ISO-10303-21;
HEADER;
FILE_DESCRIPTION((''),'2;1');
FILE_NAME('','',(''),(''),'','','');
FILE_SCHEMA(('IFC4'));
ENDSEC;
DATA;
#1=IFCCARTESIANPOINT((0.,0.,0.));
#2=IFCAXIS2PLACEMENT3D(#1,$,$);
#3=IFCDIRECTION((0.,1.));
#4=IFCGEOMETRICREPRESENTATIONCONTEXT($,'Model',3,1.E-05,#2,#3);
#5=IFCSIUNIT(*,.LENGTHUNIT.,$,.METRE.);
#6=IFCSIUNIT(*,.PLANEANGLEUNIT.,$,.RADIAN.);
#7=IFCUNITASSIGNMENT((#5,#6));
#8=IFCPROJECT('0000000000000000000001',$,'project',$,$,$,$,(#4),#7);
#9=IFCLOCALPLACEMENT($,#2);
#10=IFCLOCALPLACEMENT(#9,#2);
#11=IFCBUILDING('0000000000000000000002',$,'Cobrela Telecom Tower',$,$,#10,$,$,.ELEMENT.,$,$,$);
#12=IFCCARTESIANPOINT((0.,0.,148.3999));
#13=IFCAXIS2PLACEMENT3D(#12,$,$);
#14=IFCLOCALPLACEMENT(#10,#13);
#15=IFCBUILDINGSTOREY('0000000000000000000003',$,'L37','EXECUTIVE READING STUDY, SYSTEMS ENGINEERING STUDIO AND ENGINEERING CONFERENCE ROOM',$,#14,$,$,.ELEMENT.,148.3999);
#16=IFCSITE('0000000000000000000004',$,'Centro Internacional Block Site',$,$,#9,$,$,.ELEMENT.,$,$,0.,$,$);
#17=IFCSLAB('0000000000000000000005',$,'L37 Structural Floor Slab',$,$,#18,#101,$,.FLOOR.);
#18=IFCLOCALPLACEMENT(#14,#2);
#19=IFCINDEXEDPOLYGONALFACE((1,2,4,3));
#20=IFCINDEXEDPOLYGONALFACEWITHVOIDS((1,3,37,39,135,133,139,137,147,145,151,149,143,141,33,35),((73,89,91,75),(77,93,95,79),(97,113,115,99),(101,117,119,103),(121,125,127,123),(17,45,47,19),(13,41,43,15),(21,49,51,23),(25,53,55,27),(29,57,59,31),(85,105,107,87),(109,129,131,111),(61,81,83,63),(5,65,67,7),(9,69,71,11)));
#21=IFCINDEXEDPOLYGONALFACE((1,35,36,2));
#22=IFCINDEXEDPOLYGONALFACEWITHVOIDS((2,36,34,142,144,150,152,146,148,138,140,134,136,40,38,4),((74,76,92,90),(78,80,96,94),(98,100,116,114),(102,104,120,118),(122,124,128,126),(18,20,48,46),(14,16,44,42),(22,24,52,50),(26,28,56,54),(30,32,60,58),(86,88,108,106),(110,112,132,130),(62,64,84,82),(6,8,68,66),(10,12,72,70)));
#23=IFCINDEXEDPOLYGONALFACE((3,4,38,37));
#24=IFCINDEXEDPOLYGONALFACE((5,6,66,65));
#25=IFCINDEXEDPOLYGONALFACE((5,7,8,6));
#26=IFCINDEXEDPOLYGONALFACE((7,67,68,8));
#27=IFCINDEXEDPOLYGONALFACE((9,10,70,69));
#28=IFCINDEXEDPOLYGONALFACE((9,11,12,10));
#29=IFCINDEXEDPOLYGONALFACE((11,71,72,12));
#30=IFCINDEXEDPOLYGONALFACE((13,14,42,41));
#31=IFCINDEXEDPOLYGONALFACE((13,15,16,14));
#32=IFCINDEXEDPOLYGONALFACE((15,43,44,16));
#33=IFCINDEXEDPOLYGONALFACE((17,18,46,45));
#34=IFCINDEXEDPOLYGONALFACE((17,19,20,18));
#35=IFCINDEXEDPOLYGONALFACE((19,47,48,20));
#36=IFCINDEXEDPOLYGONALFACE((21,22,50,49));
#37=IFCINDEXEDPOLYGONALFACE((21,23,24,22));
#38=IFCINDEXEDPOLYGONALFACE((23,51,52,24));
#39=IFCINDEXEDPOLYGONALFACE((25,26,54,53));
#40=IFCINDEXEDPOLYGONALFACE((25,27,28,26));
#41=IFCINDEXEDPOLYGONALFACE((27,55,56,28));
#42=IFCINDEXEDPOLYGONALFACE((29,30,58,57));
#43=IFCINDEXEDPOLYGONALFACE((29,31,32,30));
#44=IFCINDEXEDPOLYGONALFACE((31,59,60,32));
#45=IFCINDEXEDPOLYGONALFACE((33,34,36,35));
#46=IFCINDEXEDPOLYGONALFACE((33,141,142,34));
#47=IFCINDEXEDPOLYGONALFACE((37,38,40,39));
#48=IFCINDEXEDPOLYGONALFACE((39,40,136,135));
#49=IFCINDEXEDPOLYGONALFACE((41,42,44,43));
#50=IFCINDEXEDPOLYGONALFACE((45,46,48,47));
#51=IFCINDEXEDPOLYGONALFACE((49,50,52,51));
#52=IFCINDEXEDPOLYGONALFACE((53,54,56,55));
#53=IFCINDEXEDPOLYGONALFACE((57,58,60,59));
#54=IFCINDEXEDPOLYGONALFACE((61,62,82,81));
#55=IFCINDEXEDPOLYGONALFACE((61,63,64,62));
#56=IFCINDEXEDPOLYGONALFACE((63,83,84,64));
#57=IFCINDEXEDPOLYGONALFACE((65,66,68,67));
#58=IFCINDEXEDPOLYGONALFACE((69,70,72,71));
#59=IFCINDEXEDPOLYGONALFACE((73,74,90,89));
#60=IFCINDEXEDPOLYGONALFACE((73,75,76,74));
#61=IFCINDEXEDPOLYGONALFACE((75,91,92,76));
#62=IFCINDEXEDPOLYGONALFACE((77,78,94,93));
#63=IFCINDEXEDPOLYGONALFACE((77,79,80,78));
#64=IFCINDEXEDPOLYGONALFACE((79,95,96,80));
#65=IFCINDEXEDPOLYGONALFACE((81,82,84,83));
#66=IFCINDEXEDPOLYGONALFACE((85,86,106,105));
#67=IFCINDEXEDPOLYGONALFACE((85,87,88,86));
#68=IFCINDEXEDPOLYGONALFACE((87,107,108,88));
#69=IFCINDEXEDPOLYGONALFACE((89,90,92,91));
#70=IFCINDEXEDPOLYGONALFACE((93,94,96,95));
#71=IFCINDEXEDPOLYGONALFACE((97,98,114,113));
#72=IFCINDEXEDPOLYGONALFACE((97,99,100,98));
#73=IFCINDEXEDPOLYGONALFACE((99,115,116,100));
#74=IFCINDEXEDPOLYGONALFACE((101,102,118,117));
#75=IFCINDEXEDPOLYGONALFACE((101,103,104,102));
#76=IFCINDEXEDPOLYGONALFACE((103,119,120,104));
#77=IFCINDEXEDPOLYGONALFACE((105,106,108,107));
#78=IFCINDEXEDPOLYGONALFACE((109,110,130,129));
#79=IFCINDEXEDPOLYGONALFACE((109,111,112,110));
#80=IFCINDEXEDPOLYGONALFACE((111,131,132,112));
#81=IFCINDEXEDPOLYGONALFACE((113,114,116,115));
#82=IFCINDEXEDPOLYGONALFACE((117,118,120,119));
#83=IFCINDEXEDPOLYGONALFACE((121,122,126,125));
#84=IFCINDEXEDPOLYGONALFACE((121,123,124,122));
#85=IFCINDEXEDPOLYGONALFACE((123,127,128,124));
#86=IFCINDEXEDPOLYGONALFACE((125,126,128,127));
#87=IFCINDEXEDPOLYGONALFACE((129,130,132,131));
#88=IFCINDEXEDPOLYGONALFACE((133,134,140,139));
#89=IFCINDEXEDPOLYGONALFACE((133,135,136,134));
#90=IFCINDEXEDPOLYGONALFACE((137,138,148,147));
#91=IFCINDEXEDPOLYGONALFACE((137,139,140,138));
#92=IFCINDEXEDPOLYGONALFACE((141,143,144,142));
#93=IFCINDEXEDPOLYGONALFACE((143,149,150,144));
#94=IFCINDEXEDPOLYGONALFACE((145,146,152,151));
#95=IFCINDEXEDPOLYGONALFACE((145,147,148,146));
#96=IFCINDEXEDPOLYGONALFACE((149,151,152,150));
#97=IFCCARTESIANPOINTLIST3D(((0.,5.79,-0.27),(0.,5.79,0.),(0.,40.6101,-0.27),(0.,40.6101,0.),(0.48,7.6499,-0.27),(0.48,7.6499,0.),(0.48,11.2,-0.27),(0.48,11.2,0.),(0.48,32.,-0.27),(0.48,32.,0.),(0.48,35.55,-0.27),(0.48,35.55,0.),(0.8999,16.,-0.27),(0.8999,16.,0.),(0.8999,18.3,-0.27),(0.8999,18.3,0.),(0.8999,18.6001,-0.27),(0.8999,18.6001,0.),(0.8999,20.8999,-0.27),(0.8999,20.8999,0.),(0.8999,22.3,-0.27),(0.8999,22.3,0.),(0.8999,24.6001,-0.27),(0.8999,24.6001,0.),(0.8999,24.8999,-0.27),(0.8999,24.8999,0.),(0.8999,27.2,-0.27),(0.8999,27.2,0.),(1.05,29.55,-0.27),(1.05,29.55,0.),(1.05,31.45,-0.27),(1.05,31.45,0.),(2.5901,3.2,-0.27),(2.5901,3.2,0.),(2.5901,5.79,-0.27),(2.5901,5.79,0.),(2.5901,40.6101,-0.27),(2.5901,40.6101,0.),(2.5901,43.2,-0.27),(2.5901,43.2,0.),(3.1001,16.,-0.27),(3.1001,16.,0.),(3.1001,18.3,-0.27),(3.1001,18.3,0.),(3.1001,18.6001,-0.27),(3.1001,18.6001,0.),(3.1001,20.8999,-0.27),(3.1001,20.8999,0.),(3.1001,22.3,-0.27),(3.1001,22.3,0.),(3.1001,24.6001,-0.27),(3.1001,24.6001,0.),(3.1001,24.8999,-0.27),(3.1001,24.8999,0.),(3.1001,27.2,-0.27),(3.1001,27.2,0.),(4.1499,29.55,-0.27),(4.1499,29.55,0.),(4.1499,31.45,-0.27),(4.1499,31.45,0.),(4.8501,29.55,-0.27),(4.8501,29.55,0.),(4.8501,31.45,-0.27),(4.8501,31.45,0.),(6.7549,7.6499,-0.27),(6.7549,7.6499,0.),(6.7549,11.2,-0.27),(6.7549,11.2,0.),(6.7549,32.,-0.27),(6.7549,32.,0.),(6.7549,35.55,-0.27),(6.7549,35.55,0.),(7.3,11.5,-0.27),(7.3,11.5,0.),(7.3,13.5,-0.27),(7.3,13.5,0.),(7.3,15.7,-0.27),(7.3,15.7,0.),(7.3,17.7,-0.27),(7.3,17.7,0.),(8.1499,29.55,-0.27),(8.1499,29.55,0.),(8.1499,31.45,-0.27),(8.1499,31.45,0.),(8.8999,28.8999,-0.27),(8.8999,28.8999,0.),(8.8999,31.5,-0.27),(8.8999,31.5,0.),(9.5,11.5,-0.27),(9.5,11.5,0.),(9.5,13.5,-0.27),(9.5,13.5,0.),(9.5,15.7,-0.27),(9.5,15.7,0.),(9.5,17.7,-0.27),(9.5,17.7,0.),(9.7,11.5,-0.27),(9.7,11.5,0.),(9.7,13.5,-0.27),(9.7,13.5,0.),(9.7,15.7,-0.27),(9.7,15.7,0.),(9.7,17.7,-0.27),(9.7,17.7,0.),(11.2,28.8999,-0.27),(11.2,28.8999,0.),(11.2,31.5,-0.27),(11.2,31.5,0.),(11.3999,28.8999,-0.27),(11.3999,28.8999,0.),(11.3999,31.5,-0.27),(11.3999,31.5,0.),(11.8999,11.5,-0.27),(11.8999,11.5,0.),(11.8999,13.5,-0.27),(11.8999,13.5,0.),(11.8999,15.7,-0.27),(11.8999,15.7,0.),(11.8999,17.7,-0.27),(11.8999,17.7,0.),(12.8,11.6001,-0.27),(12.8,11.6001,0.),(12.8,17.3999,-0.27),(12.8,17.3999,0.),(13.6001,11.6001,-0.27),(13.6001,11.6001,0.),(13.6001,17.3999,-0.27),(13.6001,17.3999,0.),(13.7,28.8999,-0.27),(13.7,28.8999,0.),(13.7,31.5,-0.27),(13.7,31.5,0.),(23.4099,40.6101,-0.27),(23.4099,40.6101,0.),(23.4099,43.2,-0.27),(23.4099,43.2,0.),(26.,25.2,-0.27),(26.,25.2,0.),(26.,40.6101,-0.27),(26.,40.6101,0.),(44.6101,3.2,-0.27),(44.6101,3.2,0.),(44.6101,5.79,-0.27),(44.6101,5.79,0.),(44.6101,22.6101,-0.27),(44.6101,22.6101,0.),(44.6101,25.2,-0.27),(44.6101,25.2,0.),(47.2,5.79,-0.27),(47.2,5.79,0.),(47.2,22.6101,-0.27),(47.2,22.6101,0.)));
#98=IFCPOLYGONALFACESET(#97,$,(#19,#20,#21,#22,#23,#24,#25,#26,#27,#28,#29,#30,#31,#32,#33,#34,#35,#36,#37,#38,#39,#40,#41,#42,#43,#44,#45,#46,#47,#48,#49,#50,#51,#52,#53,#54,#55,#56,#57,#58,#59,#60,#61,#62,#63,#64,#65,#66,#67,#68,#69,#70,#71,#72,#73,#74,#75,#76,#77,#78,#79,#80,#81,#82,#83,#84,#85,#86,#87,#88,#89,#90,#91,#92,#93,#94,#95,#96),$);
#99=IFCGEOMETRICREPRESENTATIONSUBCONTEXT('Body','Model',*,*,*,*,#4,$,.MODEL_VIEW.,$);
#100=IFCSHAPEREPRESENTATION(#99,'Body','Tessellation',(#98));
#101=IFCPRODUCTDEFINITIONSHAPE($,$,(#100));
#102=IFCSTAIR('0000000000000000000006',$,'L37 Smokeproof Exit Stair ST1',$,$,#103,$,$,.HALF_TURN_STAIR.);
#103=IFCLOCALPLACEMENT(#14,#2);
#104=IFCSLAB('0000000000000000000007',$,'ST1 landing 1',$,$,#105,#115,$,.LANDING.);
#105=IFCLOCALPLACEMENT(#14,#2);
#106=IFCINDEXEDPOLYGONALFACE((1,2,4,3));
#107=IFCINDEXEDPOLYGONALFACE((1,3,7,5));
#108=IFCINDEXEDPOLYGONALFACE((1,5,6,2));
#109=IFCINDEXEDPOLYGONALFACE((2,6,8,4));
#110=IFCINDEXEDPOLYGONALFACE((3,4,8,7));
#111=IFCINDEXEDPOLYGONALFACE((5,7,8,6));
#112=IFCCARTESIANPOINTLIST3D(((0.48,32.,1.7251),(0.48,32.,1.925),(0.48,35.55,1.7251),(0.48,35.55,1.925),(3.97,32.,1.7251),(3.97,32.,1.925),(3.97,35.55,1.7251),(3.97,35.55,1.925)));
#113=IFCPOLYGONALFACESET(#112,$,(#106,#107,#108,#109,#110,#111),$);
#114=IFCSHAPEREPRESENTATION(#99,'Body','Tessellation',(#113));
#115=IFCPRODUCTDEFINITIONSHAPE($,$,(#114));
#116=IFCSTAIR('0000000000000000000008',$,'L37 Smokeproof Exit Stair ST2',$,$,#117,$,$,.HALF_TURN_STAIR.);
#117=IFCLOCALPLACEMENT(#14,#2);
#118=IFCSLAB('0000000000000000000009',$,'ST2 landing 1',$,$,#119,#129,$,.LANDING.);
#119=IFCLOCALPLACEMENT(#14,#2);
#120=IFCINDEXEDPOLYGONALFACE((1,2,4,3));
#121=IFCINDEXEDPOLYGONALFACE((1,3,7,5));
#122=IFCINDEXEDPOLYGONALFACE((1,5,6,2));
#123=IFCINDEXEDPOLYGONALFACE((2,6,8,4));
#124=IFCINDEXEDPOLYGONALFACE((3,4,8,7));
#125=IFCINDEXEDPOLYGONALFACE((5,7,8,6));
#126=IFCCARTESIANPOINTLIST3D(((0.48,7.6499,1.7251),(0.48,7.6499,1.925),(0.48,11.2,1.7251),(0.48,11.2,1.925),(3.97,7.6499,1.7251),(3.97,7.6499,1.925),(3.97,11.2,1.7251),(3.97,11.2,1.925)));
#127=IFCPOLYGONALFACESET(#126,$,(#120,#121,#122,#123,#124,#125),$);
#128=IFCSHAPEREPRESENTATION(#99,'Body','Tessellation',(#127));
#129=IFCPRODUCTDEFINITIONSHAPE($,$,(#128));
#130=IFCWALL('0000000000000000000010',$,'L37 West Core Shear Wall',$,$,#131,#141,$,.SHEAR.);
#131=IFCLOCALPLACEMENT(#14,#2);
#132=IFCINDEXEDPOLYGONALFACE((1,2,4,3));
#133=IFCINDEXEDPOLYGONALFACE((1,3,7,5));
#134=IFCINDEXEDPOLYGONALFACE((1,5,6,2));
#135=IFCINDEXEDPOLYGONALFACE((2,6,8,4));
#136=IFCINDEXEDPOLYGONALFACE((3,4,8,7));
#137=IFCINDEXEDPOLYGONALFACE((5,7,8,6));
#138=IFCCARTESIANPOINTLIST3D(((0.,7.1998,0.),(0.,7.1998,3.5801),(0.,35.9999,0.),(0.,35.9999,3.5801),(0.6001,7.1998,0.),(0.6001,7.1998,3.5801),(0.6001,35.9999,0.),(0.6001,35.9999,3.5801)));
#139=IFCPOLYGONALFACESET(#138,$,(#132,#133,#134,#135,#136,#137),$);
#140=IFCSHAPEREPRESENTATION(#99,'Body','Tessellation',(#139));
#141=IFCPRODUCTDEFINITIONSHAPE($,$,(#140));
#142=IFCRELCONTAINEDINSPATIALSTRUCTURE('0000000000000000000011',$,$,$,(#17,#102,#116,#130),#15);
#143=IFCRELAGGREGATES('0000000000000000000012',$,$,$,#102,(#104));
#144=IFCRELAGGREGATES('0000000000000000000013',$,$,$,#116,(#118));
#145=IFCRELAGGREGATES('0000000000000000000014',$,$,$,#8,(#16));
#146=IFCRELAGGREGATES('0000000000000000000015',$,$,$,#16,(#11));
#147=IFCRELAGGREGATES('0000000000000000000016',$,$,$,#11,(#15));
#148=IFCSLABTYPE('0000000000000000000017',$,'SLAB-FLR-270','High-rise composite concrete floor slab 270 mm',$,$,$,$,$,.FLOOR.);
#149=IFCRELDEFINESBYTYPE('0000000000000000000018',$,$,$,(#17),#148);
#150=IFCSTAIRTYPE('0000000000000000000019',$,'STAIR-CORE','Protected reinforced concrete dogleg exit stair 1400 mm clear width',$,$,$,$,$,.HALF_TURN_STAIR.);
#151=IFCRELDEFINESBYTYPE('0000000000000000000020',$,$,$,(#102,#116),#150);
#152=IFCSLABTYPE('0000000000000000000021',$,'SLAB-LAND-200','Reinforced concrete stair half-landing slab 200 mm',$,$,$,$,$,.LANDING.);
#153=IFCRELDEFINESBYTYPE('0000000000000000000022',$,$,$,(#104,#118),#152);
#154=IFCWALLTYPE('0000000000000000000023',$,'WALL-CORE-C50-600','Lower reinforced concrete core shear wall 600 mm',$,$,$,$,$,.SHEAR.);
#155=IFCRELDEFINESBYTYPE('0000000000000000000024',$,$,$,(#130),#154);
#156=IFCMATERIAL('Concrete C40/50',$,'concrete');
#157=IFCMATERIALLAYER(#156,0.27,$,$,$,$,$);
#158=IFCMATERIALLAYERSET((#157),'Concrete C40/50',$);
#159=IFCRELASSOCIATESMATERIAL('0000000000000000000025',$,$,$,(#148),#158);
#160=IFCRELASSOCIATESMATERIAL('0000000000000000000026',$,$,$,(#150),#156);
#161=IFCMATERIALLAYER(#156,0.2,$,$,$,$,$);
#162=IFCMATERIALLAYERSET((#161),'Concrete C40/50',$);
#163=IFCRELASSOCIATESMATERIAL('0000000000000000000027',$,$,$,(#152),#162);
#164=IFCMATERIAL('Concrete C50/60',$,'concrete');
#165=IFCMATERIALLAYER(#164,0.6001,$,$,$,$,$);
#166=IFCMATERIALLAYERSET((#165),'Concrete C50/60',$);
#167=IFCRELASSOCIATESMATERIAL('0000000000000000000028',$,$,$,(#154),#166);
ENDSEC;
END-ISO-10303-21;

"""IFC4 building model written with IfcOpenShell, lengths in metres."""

from ifc_helpers import new_model, si_unit, direction, frame, frame_2d, origin, place, context, subcontext, project, spatial, polyline, rectangle, outline, extrude, material, layer, layer_set, type_object, element, aggregate, save


model = new_model("IFC4")

# Units and contexts
model_context = context("Model", 3, precision=1e-05, world=origin(), true_north=direction((0.0, 1.0)))
body_context = subcontext(model_context, "Body", "Model", "MODEL_VIEW")
ifc_project = project(units=[si_unit("LENGTHUNIT", "METRE"), si_unit("PLANEANGLEUNIT", "RADIAN")], contexts=[model_context])

# Site, building, storey
site_placement = place(None, origin())
site = spatial("IfcSite", under=ifc_project, at=site_placement, Name="Centro Internacional Block Site", CompositionType="ELEMENT", RefElevation=0.0)
building_placement = place(site_placement, origin())
building = spatial("IfcBuilding", under=site, at=building_placement, Name="Cobrela Telecom Tower", CompositionType="ELEMENT")
storey_placement = place(building_placement, frame((0.0, 0.0, 148.3999)))
storey = spatial("IfcBuildingStorey", under=building, at=storey_placement, Name="L37", Description="EXECUTIVE READING STUDY, SYSTEMS ENGINEERING STUDIO AND ENGINEERING CONFERENCE ROOM", CompositionType="ELEMENT", Elevation=148.3999)

# Slab, openings
ifc_material_1 = material(Name="Concrete C40/50", Category="concrete")
ifc_layer_1 = layer(ifc_material_1, 0.27)
ifc_layer_set_1 = layer_set([ifc_layer_1], Name="Concrete C40/50")
slab_type_1 = type_object("IfcSlabType", Name="SLAB-FLR-270", Description="High-rise composite concrete floor slab 270 mm", PredefinedType="FLOOR", material=ifc_layer_set_1)
slab_1_placement = place(storey_placement, frame((0.0, 0.0, -0.27)))
slab_1 = element("IfcSlab", 1, at=slab_1_placement, inside=storey, type_object=slab_type_1, Name="L37 Structural Floor Slab", PredefinedType="FLOOR", context=body_context, shape_type="SweptSolid", body=[
    extrude(outline(polyline([(2.5901, 3.2), (44.6101, 3.2), (44.6101, 5.79), (47.2, 5.79), (47.2, 22.6101), (44.6101, 22.6101), (44.6101, 25.2), (26.0, 25.2), (26.0, 40.6101), (23.4099, 40.6101), (23.4099, 43.2), (2.5901, 43.2), (2.5901, 40.6101), (0.0, 40.6101), (0.0, 5.79), (2.5901, 5.79), (2.5901, 3.2)])), origin(), (0.0, 0.0, 1.0), 0.27),
])
opening_1_placement = place(slab_1_placement, frame((0.0, 0.0, -0.02)))
element("IfcOpeningElement", 2, at=opening_1_placement, cuts=slab_1, PredefinedType="OPENING", context=body_context, shape_type="SweptSolid", body=[
    extrude(outline(polyline([(8.8999, 28.8999), (11.2, 28.8999), (11.2, 31.5), (8.8999, 31.5), (8.8999, 28.8999)])), origin(), (0.0, 0.0, 1.0), 0.3101),
])
opening_2_placement = place(slab_1_placement, frame((0.0, 0.0, -0.02)))
element("IfcOpeningElement", 3, at=opening_2_placement, cuts=slab_1, PredefinedType="OPENING", context=body_context, shape_type="SweptSolid", body=[
    extrude(outline(polyline([(11.3999, 28.8999), (13.7, 28.8999), (13.7, 31.5), (11.3999, 31.5), (11.3999, 28.8999)])), origin(), (0.0, 0.0, 1.0), 0.3101),
])
opening_3_placement = place(slab_1_placement, frame((0.0, 0.0, -0.02)))
element("IfcOpeningElement", 4, at=opening_3_placement, cuts=slab_1, PredefinedType="OPENING", context=body_context, shape_type="SweptSolid", body=[
    extrude(outline(polyline([(7.3, 15.7), (9.5, 15.7), (9.5, 17.7), (7.3, 17.7), (7.3, 15.7)])), origin(), (0.0, 0.0, 1.0), 0.3101),
])
opening_4_placement = place(slab_1_placement, frame((0.0, 0.0, -0.02)))
element("IfcOpeningElement", 5, at=opening_4_placement, cuts=slab_1, PredefinedType="OPENING", context=body_context, shape_type="SweptSolid", body=[
    extrude(outline(polyline([(9.7, 15.7), (11.8999, 15.7), (11.8999, 17.7), (9.7, 17.7), (9.7, 15.7)])), origin(), (0.0, 0.0, 1.0), 0.3101),
])
opening_5_placement = place(slab_1_placement, frame((0.0, 0.0, -0.02)))
element("IfcOpeningElement", 6, at=opening_5_placement, cuts=slab_1, PredefinedType="OPENING", context=body_context, shape_type="SweptSolid", body=[
    extrude(outline(polyline([(7.3, 11.5), (9.5, 11.5), (9.5, 13.5), (7.3, 13.5), (7.3, 11.5)])), origin(), (0.0, 0.0, 1.0), 0.3101),
])
opening_6_placement = place(slab_1_placement, frame((0.0, 0.0, -0.02)))
element("IfcOpeningElement", 7, at=opening_6_placement, cuts=slab_1, PredefinedType="OPENING", context=body_context, shape_type="SweptSolid", body=[
    extrude(outline(polyline([(9.7, 11.5), (11.8999, 11.5), (11.8999, 13.5), (9.7, 13.5), (9.7, 11.5)])), origin(), (0.0, 0.0, 1.0), 0.3101),
])
opening_7_placement = place(slab_1_placement, frame((0.0, 0.0, -0.02)))
element("IfcOpeningElement", 8, at=opening_7_placement, cuts=slab_1, PredefinedType="OPENING", context=body_context, shape_type="SweptSolid", body=[
    extrude(outline(polyline([(0.8999, 16.0), (3.1001, 16.0), (3.1001, 18.3), (0.8999, 18.3), (0.8999, 16.0)])), origin(), (0.0, 0.0, 1.0), 0.3101),
])
opening_8_placement = place(slab_1_placement, frame((0.0, 0.0, -0.02)))
element("IfcOpeningElement", 9, at=opening_8_placement, cuts=slab_1, PredefinedType="OPENING", context=body_context, shape_type="SweptSolid", body=[
    extrude(outline(polyline([(0.8999, 18.6001), (3.1001, 18.6001), (3.1001, 20.8999), (0.8999, 20.8999), (0.8999, 18.6001)])), origin(), (0.0, 0.0, 1.0), 0.3101),
])
opening_9_placement = place(slab_1_placement, frame((0.0, 0.0, -0.02)))
element("IfcOpeningElement", 10, at=opening_9_placement, cuts=slab_1, PredefinedType="OPENING", context=body_context, shape_type="SweptSolid", body=[
    extrude(outline(polyline([(0.8999, 22.3), (3.1001, 22.3), (3.1001, 24.6001), (0.8999, 24.6001), (0.8999, 22.3)])), origin(), (0.0, 0.0, 1.0), 0.3101),
])
opening_10_placement = place(slab_1_placement, frame((0.0, 0.0, -0.02)))
element("IfcOpeningElement", 11, at=opening_10_placement, cuts=slab_1, PredefinedType="OPENING", context=body_context, shape_type="SweptSolid", body=[
    extrude(outline(polyline([(0.8999, 24.8999), (3.1001, 24.8999), (3.1001, 27.2), (0.8999, 27.2), (0.8999, 24.8999)])), origin(), (0.0, 0.0, 1.0), 0.3101),
])
opening_11_placement = place(slab_1_placement, frame((0.0, 0.0, -0.02)))
element("IfcOpeningElement", 12, at=opening_11_placement, cuts=slab_1, PredefinedType="OPENING", context=body_context, shape_type="SweptSolid", body=[
    extrude(outline(polyline([(1.05, 29.55), (4.1499, 29.55), (4.1499, 31.45), (1.05, 31.45), (1.05, 29.55)])), origin(), (0.0, 0.0, 1.0), 0.3101),
])
opening_12_placement = place(slab_1_placement, frame((0.0, 0.0, -0.02)))
element("IfcOpeningElement", 13, at=opening_12_placement, cuts=slab_1, PredefinedType="OPENING", context=body_context, shape_type="SweptSolid", body=[
    extrude(outline(polyline([(4.8501, 29.55), (8.1499, 29.55), (8.1499, 31.45), (4.8501, 31.45), (4.8501, 29.55)])), origin(), (0.0, 0.0, 1.0), 0.3101),
])
opening_13_placement = place(slab_1_placement, frame((0.0, 0.0, -0.02)))
element("IfcOpeningElement", 14, at=opening_13_placement, cuts=slab_1, PredefinedType="OPENING", context=body_context, shape_type="SweptSolid", body=[
    extrude(outline(polyline([(12.8, 11.6001), (13.6001, 11.6001), (13.6001, 17.3999), (12.8, 17.3999), (12.8, 11.6001)])), origin(), (0.0, 0.0, 1.0), 0.3101),
])
opening_14_placement = place(slab_1_placement, frame((0.0, 0.0, -0.02)))
element("IfcOpeningElement", 15, at=opening_14_placement, cuts=slab_1, PredefinedType="OPENING", context=body_context, shape_type="SweptSolid", body=[
    extrude(outline(polyline([(6.7549, 35.55), (0.48, 35.55), (0.48, 32.0), (6.7549, 32.0), (6.7549, 35.55)])), origin(), (0.0, 0.0, 1.0), 0.3101),
])
opening_15_placement = place(slab_1_placement, frame((0.0, 0.0, -0.02)))
element("IfcOpeningElement", 16, at=opening_15_placement, cuts=slab_1, PredefinedType="OPENING", context=body_context, shape_type="SweptSolid", body=[
    extrude(outline(polyline([(6.7549, 11.2), (0.48, 11.2), (0.48, 7.6499), (6.7549, 7.6499), (6.7549, 11.2)])), origin(), (0.0, 0.0, 1.0), 0.3101),
])

# Stairs, slabs
stair_type = type_object("IfcStairType", Name="STAIR-CORE", Description="Protected reinforced concrete dogleg exit stair 1400 mm clear width", PredefinedType="HALF_TURN_STAIR", material=ifc_material_1)
stair_1_placement = place(storey_placement, origin())
stair_1 = element("IfcStair", 17, at=stair_1_placement, inside=storey, type_object=stair_type, Name="L37 Smokeproof Exit Stair ST1", PredefinedType="HALF_TURN_STAIR")
ifc_layer_2 = layer(ifc_material_1, 0.2)
ifc_layer_set_2 = layer_set([ifc_layer_2], Name="Concrete C40/50")
slab_type_2 = type_object("IfcSlabType", Name="SLAB-LAND-200", Description="Reinforced concrete stair half-landing slab 200 mm", PredefinedType="LANDING", material=ifc_layer_set_2)
slab_2_placement = place(storey_placement, frame((0.0, 0.0, 1.7251)))
slab_2 = element("IfcSlab", 18, at=slab_2_placement, type_object=slab_type_2, Name="ST1 landing 1", PredefinedType="LANDING", context=body_context, shape_type="SweptSolid", body=[
    extrude(outline(polyline([(3.97, 35.55), (0.48, 35.55), (0.48, 32.0), (3.97, 32.0), (3.97, 35.55)])), origin(), (0.0, 0.0, 1.0), 0.2),
])
aggregate(stair_1, [slab_2])
stair_2_placement = place(storey_placement, origin())
stair_2 = element("IfcStair", 19, at=stair_2_placement, inside=storey, type_object=stair_type, Name="L37 Smokeproof Exit Stair ST2", PredefinedType="HALF_TURN_STAIR")
slab_3_placement = place(storey_placement, frame((0.0, 0.0, 1.7251)))
slab_3 = element("IfcSlab", 20, at=slab_3_placement, type_object=slab_type_2, Name="ST2 landing 1", PredefinedType="LANDING", context=body_context, shape_type="SweptSolid", body=[
    extrude(outline(polyline([(3.97, 11.2), (0.48, 11.2), (0.48, 7.6499), (3.97, 7.6499), (3.97, 11.2)])), origin(), (0.0, 0.0, 1.0), 0.2),
])

# Wall
ifc_material_2 = material(Name="Concrete C50/60", Category="concrete")
ifc_layer_3 = layer(ifc_material_2, 0.6001)
ifc_layer_set_3 = layer_set([ifc_layer_3], Name="Concrete C50/60")
wall_type_1 = type_object("IfcWallType", Name="WALL-CORE-C50-600", Description="Lower reinforced concrete core shear wall 600 mm", PredefinedType="SHEAR", material=ifc_layer_set_3)
wall_1_placement = place(storey_placement, frame((0.3, 7.2, 0.0), z_axis=(0.0, 0.0, 1.0), x_axis=(0.0, 1.0, 0.0)))
element("IfcWall", 21, at=wall_1_placement, inside=storey, type_object=wall_type_1, Name="L37 West Core Shear Wall", PredefinedType="SHEAR", context=body_context, shape_type="SweptSolid", body=[
    extrude(rectangle(XDim=28.8, YDim=0.6001, at=frame_2d((14.3999, 0.0))), origin(), (0.0, 0.0, 1.0), 3.5801),
])

aggregate(stair_2, [slab_3])

save(model, "model.ifc")
